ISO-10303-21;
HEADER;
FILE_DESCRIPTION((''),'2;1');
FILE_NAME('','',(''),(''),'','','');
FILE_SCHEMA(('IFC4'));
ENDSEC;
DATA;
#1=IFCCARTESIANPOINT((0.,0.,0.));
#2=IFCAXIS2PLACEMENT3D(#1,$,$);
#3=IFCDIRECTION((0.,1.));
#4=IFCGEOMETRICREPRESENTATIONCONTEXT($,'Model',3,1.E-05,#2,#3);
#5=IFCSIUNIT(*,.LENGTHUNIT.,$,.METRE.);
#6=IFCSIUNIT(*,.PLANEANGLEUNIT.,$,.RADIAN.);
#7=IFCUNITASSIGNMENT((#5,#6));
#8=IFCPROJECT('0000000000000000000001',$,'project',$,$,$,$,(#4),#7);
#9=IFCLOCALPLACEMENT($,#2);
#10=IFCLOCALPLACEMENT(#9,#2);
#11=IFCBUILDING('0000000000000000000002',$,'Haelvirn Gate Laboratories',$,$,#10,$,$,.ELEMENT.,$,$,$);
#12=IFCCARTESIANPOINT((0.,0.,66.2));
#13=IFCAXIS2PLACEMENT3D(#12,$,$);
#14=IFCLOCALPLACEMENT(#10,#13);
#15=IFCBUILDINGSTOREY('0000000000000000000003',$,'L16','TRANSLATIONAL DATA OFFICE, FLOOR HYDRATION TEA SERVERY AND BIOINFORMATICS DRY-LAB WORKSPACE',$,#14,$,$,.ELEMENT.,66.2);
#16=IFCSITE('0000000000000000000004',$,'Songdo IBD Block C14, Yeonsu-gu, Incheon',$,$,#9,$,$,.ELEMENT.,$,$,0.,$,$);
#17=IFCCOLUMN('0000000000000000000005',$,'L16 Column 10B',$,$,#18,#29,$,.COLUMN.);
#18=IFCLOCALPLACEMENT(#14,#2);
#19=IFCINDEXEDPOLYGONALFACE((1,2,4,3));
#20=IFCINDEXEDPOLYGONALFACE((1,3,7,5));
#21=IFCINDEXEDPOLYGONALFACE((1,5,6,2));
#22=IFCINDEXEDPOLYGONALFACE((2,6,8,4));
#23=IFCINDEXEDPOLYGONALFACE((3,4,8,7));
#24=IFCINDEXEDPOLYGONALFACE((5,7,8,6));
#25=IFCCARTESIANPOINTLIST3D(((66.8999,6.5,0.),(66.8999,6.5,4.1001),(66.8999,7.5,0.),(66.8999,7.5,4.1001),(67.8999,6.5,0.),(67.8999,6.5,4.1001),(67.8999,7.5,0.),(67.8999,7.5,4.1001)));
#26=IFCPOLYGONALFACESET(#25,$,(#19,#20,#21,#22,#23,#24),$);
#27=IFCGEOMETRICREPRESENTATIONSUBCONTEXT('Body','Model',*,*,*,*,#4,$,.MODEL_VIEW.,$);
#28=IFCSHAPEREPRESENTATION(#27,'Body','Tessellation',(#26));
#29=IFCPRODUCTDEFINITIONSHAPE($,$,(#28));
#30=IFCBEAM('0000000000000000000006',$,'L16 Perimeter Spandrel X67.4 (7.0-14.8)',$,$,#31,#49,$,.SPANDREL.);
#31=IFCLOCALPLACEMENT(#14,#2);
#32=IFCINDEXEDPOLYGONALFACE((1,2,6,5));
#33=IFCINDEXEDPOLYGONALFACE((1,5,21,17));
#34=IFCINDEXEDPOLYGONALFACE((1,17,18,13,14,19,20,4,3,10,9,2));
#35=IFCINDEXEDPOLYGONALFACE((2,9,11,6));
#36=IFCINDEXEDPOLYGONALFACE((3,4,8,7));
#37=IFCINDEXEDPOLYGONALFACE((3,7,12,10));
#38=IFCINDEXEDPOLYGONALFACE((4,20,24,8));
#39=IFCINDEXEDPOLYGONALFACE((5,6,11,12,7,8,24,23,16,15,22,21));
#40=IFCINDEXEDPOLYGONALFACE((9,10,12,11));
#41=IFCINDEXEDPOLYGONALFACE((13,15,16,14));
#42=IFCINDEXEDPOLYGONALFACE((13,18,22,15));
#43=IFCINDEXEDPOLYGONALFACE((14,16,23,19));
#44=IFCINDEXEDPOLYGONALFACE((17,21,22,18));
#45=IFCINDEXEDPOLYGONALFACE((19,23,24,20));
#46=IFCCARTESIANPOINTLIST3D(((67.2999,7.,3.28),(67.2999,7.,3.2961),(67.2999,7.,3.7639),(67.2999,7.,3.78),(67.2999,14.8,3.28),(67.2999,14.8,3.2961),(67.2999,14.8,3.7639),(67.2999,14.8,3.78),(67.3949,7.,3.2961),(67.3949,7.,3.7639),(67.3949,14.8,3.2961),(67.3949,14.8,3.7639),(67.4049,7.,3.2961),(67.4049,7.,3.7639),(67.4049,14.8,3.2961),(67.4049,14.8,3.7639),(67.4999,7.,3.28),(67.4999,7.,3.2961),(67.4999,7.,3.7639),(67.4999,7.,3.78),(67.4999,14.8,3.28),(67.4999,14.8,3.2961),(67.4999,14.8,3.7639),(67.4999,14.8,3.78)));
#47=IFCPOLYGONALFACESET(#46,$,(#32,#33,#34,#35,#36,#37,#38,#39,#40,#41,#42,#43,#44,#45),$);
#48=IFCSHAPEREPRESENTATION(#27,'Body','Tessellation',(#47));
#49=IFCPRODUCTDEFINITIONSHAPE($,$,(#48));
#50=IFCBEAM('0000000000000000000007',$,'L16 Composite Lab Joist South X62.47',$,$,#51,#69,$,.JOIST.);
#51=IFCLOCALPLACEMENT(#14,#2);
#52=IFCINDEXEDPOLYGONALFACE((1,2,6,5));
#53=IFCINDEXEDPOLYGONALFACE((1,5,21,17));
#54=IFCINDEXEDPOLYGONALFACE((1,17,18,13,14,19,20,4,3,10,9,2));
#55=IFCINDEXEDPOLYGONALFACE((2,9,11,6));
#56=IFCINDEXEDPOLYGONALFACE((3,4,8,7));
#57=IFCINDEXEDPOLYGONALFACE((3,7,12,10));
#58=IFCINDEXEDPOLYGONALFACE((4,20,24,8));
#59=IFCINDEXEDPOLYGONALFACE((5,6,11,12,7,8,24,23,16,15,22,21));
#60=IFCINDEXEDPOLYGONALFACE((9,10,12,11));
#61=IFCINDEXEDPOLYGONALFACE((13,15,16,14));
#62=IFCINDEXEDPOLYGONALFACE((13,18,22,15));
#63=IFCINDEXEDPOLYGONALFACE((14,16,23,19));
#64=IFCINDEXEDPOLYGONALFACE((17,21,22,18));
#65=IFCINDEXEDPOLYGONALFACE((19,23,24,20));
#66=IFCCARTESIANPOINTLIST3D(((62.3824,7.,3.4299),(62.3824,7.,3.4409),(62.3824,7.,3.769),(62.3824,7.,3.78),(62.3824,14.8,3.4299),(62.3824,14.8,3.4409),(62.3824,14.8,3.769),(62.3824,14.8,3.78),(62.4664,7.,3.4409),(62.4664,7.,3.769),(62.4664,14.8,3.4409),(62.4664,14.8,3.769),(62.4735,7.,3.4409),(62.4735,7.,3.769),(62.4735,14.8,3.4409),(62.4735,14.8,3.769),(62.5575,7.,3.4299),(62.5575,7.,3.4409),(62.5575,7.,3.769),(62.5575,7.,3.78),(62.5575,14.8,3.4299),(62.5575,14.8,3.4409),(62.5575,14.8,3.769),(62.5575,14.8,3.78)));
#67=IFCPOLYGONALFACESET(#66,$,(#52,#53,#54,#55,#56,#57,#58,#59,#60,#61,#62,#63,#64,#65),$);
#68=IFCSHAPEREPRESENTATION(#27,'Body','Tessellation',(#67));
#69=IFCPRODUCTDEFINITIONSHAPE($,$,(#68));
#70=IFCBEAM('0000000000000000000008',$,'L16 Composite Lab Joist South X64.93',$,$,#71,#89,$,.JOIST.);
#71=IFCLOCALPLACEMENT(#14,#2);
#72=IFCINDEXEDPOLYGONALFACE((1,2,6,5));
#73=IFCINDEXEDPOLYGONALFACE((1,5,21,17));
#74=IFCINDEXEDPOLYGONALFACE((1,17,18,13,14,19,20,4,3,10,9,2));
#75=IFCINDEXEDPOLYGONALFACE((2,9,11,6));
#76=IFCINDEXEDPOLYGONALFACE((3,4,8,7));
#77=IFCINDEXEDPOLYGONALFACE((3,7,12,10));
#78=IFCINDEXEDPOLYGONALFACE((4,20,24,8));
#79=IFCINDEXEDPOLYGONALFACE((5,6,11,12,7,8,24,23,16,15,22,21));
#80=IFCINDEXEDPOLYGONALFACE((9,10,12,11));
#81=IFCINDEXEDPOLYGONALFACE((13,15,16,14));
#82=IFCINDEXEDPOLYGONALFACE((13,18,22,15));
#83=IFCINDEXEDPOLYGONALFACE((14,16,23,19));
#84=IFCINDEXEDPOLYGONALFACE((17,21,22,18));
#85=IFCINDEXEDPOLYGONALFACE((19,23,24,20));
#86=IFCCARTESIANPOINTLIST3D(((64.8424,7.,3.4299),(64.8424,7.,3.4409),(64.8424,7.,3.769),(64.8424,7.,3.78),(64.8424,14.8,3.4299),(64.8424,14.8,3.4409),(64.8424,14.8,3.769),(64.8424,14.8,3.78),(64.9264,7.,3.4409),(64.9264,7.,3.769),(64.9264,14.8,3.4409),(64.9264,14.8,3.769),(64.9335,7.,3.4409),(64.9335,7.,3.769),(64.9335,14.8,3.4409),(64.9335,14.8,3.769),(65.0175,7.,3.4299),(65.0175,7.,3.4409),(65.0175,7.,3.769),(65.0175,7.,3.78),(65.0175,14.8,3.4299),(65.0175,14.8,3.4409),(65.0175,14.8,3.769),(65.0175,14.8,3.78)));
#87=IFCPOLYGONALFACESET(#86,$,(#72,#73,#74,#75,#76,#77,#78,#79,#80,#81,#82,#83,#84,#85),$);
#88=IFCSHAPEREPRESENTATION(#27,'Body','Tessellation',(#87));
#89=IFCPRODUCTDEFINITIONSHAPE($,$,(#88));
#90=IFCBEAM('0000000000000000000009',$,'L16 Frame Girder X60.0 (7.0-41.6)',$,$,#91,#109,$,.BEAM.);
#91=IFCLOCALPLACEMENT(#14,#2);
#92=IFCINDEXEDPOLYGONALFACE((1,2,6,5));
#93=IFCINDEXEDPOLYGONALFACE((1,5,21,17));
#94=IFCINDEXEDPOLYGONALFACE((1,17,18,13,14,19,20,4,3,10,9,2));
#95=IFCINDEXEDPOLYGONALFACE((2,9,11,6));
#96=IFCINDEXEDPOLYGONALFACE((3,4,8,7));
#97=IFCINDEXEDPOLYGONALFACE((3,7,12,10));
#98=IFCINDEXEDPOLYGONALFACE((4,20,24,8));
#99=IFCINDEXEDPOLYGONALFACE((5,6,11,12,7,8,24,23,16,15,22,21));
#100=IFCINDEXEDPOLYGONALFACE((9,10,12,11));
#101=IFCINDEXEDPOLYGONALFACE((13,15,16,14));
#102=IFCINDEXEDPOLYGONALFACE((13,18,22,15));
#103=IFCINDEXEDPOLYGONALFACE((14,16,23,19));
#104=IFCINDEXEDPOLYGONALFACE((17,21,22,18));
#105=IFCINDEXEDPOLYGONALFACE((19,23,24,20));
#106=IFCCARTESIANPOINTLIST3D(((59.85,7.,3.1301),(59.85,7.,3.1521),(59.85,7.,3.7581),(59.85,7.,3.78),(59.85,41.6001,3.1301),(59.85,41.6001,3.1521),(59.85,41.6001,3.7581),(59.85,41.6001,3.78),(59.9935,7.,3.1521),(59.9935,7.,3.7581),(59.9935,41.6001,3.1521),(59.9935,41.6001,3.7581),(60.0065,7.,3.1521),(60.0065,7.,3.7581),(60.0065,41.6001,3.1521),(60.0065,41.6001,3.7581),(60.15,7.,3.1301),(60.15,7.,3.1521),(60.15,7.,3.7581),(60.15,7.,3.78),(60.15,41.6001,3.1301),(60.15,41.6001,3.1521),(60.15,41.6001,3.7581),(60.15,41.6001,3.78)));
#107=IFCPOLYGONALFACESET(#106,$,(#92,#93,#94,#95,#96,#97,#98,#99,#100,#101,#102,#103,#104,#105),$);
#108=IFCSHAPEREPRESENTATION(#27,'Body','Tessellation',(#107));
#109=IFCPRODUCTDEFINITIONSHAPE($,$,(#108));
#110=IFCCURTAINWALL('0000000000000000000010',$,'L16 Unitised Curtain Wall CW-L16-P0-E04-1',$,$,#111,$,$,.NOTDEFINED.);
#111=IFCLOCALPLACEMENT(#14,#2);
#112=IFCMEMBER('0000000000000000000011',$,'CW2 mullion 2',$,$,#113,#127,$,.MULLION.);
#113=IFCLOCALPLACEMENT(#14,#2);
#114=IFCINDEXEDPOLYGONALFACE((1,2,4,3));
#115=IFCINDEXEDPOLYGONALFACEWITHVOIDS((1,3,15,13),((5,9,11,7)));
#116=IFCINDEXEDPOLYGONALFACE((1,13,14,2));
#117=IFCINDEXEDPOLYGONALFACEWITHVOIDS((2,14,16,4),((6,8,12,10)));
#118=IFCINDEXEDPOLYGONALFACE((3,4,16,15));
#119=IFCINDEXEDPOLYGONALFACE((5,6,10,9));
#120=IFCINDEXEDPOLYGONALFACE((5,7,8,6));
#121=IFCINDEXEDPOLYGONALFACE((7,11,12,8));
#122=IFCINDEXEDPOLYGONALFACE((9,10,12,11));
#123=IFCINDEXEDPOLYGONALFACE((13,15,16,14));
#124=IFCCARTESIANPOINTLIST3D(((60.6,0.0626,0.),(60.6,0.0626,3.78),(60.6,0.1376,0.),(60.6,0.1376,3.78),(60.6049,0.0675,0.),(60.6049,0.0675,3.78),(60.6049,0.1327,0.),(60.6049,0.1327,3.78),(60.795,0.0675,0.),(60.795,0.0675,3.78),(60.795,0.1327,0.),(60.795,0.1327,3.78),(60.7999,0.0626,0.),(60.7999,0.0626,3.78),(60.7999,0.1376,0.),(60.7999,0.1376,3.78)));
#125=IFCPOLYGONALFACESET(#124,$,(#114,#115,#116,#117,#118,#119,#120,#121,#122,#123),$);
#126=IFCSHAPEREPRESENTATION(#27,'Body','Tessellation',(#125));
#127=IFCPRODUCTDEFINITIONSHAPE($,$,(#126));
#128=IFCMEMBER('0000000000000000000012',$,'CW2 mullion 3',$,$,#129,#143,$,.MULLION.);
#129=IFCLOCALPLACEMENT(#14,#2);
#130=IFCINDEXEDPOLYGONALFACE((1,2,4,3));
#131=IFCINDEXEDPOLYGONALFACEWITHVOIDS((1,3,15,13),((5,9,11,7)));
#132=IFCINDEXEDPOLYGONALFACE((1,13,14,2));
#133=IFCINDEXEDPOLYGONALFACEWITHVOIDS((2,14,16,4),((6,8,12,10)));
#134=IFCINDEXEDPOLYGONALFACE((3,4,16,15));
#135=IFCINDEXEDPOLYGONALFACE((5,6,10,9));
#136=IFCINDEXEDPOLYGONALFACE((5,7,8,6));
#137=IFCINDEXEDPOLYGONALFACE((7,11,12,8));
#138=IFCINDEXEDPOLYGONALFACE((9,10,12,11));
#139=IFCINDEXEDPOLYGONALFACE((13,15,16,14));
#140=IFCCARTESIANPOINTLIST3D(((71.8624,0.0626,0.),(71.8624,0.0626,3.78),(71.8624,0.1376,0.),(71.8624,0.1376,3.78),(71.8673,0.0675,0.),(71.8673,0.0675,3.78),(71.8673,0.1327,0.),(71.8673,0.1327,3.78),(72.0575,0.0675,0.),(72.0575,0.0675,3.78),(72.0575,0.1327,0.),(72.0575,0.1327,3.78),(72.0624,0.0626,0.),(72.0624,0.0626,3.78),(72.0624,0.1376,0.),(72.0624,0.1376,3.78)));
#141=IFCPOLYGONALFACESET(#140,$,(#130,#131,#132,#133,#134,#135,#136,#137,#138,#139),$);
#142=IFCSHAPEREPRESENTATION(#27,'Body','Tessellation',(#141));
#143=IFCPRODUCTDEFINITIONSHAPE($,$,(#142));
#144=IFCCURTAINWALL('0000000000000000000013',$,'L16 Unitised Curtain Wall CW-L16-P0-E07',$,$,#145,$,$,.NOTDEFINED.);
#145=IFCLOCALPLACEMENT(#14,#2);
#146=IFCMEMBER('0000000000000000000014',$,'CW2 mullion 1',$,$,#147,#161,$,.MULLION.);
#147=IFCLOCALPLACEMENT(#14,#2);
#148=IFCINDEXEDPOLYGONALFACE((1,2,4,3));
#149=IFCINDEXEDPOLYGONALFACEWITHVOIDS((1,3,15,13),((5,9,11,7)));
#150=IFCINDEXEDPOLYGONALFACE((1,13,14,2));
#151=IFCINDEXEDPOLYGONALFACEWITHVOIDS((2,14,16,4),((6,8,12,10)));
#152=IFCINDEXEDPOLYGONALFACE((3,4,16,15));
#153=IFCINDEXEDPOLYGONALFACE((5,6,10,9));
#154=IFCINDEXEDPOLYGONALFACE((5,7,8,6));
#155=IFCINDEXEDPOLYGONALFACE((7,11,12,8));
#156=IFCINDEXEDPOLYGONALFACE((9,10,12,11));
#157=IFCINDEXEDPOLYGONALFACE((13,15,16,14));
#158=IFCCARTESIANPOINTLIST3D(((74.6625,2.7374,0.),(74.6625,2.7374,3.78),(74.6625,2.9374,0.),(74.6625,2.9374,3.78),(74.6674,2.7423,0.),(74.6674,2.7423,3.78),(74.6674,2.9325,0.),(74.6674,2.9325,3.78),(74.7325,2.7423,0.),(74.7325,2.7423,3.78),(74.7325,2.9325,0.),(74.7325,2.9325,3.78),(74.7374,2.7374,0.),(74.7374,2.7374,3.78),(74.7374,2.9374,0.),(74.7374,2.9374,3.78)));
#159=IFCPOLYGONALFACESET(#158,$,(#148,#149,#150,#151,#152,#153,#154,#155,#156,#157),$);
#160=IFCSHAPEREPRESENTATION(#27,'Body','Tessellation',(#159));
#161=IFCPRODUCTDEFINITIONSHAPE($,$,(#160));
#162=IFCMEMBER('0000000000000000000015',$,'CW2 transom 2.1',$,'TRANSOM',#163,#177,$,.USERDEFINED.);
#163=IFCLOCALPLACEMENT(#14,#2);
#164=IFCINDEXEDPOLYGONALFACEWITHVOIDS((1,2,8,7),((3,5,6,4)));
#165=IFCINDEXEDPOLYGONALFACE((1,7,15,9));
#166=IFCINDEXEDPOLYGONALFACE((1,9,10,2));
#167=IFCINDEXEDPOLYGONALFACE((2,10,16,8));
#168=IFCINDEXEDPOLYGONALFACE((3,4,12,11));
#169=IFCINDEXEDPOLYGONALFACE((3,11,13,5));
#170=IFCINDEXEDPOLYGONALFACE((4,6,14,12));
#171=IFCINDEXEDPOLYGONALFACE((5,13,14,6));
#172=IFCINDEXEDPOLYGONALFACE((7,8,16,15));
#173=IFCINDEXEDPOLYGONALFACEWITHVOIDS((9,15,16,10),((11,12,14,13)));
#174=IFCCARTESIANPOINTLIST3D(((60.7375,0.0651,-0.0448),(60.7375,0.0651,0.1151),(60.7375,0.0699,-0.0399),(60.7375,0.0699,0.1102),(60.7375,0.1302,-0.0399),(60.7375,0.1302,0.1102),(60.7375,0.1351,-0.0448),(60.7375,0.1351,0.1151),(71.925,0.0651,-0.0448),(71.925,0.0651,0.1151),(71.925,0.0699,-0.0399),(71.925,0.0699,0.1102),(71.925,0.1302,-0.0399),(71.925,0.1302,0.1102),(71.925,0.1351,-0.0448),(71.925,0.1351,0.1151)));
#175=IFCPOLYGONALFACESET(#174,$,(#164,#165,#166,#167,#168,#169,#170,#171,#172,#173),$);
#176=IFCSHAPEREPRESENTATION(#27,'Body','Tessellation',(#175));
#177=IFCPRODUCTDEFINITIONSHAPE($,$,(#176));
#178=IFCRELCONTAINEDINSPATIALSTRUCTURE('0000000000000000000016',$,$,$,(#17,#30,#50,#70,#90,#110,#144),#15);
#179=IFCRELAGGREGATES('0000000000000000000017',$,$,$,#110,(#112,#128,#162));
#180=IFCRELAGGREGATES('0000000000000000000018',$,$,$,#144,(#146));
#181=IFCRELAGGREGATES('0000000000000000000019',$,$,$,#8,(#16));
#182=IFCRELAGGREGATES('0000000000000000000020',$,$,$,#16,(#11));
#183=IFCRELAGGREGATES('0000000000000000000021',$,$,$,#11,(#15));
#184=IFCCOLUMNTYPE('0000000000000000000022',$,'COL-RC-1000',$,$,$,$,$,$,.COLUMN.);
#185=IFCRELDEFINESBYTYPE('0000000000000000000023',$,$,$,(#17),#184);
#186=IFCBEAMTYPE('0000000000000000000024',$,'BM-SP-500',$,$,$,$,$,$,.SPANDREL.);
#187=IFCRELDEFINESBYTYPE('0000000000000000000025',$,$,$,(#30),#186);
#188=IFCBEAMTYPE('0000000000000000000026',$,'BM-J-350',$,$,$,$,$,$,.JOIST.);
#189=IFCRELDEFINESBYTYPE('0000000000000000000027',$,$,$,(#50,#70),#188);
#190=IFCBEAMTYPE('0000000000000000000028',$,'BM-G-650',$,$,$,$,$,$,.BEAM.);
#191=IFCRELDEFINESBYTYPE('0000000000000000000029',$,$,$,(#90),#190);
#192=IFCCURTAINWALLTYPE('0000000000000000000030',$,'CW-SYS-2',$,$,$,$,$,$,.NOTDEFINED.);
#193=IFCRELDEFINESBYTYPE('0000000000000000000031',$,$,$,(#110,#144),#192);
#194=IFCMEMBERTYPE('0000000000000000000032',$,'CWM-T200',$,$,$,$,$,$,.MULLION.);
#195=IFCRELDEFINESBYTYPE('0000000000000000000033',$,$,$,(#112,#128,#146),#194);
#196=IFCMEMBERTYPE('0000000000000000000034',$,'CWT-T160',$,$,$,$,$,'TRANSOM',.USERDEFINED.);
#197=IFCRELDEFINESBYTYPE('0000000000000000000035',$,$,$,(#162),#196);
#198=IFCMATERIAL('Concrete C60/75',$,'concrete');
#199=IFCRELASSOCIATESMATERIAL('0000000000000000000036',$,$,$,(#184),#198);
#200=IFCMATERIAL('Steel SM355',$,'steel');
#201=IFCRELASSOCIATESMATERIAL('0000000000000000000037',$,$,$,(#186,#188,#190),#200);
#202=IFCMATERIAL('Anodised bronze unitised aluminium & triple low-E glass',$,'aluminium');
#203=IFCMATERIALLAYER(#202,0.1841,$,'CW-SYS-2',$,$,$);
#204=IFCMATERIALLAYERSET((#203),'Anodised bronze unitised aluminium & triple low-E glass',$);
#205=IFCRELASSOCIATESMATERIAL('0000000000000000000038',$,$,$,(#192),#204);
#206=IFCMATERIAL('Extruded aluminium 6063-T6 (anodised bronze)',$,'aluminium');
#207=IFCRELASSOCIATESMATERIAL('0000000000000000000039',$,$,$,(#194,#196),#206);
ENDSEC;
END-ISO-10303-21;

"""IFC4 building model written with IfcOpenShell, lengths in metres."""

from ifc_helpers import new_model, si_unit, direction, frame, origin, origin_2d, place, context, subcontext, project, spatial, rectangle, hollow_rectangle, i_section, extrude, source, transform, mapped, material, layer, layer_set, material_profile, profile_set, type_object, type_shapes, element, aggregate, save


model = new_model("IFC4")

# Units and contexts
model_context = context("Model", 3, precision=1e-05, world=origin(), true_north=direction((0.0, 1.0)))
body_context = subcontext(model_context, "Body", "Model", "MODEL_VIEW")
ifc_project = project(units=[si_unit("LENGTHUNIT", "METRE"), si_unit("PLANEANGLEUNIT", "RADIAN")], contexts=[model_context])

# Site, building, storey
site_placement = place(None, origin())
site = spatial("IfcSite", under=ifc_project, at=site_placement, Name="Songdo IBD Block C14, Yeonsu-gu, Incheon", CompositionType="ELEMENT", RefElevation=0.0)
building_placement = place(site_placement, origin())
building = spatial("IfcBuilding", under=site, at=building_placement, Name="Haelvirn Gate Laboratories", CompositionType="ELEMENT")
storey_placement = place(building_placement, frame((0.0, 0.0, 66.2)))
storey = spatial("IfcBuildingStorey", under=building, at=storey_placement, Name="L16", Description="TRANSLATIONAL DATA OFFICE, FLOOR HYDRATION TEA SERVERY AND BIOINFORMATICS DRY-LAB WORKSPACE", CompositionType="ELEMENT", Elevation=66.2)

# Column
ifc_material_1 = material(Name="Concrete C60/75", Category="concrete")
ifc_material_profile_1 = material_profile(ifc_material_1, rectangle(XDim=1.0, YDim=1.0, at=origin_2d()), Name="RC-1000x1000")
ifc_profile_set_1 = profile_set([ifc_material_profile_1], Name="Concrete C60/75")
column_type = type_object("IfcColumnType", Name="COL-RC-1000", PredefinedType="COLUMN", material=ifc_profile_set_1)
shared_shape_1 = source(origin(), body_context, "Body", "SweptSolid", [
    extrude(rectangle(XDim=1.0, YDim=1.0, at=origin_2d()), origin(), (0.0, 0.0, 1.0), 4.1001),
])
type_shapes(column_type, [shared_shape_1])
column_placement = place(storey_placement, frame((67.3999, 7.0, 0.0), z_axis=(0.0, 0.0, 1.0), x_axis=(1.0, 0.0, 0.0)))
element("IfcColumn", 1, at=column_placement, inside=storey, type_object=column_type, Name="L16 Column 10B", PredefinedType="COLUMN", context=body_context, shape_type="MappedRepresentation", body=[
    mapped(shared_shape_1, transform((0.0, 0.0, 0.0), scale=1.0)),
])

# Beams
ifc_material_2 = material(Name="Steel SM355", Category="steel")
ifc_material_profile_2 = material_profile(ifc_material_2, i_section(OverallWidth=0.2, OverallDepth=0.5, WebThickness=0.01, FlangeThickness=0.0161, at=origin_2d()), Name="H-500x200x10x16")
ifc_profile_set_2 = profile_set([ifc_material_profile_2], Name="Steel SM355")
beam_type_1 = type_object("IfcBeamType", Name="BM-SP-500", PredefinedType="SPANDREL", material=ifc_profile_set_2)
shared_shape_2 = source(origin(), body_context, "Body", "SweptSolid", [
    extrude(i_section(OverallWidth=0.2, OverallDepth=0.5, WebThickness=0.01, FlangeThickness=0.0161, at=origin_2d()), origin(), (0.0, 0.0, 1.0), 7.8),
])
type_shapes(beam_type_1, [shared_shape_2])
beam_1_placement = place(storey_placement, frame((67.3999, 7.0, 3.53), z_axis=(0.0, 1.0, 0.0), x_axis=(-1.0, 0.0, 0.0)))
element("IfcBeam", 2, at=beam_1_placement, inside=storey, type_object=beam_type_1, Name="L16 Perimeter Spandrel X67.4 (7.0-14.8)", PredefinedType="SPANDREL", context=body_context, shape_type="MappedRepresentation", body=[
    mapped(shared_shape_2, transform((0.0, 0.0, 0.0), scale=1.0)),
])
ifc_material_profile_3 = material_profile(ifc_material_2, i_section(OverallWidth=0.175, OverallDepth=0.3501, WebThickness=0.0071, FlangeThickness=0.011, at=origin_2d()), Name="H-350x175x7x11")
ifc_profile_set_3 = profile_set([ifc_material_profile_3], Name="Steel SM355")
beam_type_2 = type_object("IfcBeamType", Name="BM-J-350", PredefinedType="JOIST", material=ifc_profile_set_3)
shared_shape_3 = source(origin(), body_context, "Body", "SweptSolid", [
    extrude(i_section(OverallWidth=0.175, OverallDepth=0.3501, WebThickness=0.0071, FlangeThickness=0.011, at=origin_2d()), origin(), (0.0, 0.0, 1.0), 7.8),
])
type_shapes(beam_type_2, [shared_shape_3])
for number, where, z_axis, x_axis, name in (
    (3, (62.47, 7.0, 3.605), (0.0, 1.0, 0.0), (-1.0, 0.0, 0.0), "L16 Composite Lab Joist South X62.47"),
    (4, (64.9299, 7.0, 3.605), (0.0, 1.0, 0.0), (-1.0, 0.0, 0.0), "L16 Composite Lab Joist South X64.93"),
):
    element("IfcBeam", number, at=place(storey_placement, frame(where, z_axis=z_axis, x_axis=x_axis)), inside=storey, type_object=beam_type_2, Name=name, PredefinedType="JOIST", context=body_context, shape_type="MappedRepresentation", body=[
        mapped(shared_shape_3, transform((0.0, 0.0, 0.0), scale=1.0)),
    ])
ifc_material_profile_4 = material_profile(ifc_material_2, i_section(OverallWidth=0.3, OverallDepth=0.6499, WebThickness=0.0129, FlangeThickness=0.022, at=origin_2d()), Name="H-650x300x13x22")
ifc_profile_set_4 = profile_set([ifc_material_profile_4], Name="Steel SM355")
beam_type_3 = type_object("IfcBeamType", Name="BM-G-650", PredefinedType="BEAM", material=ifc_profile_set_4)
shared_shape_4 = source(origin(), body_context, "Body", "SweptSolid", [
    extrude(i_section(OverallWidth=0.3, OverallDepth=0.6499, WebThickness=0.0129, FlangeThickness=0.022, at=origin_2d()), origin(), (0.0, 0.0, 1.0), 34.6001),
])
type_shapes(beam_type_3, [shared_shape_4])
beam_2_placement = place(storey_placement, frame((60.0, 7.0, 3.4551), z_axis=(0.0, 1.0, 0.0), x_axis=(-1.0, 0.0, 0.0)))
element("IfcBeam", 5, at=beam_2_placement, inside=storey, type_object=beam_type_3, Name="L16 Frame Girder X60.0 (7.0-41.6)", PredefinedType="BEAM", context=body_context, shape_type="MappedRepresentation", body=[
    mapped(shared_shape_4, transform((0.0, 0.0, 0.0), scale=1.0)),
])

# Curtain wall, members
ifc_material_3 = material(Name="Anodised bronze unitised aluminium & triple low-E glass", Category="aluminium")
ifc_layer_1 = layer(ifc_material_3, 0.1841, Name="CW-SYS-2")
ifc_layer_set_1 = layer_set([ifc_layer_1], Name="Anodised bronze unitised aluminium & triple low-E glass")
curtain_wall_type_1 = type_object("IfcCurtainWallType", Name="CW-SYS-2", PredefinedType="NOTDEFINED", material=ifc_layer_set_1)
curtain_wall_1_placement = place(storey_placement, origin())
curtain_wall_1 = element("IfcCurtainWall", 6, at=curtain_wall_1_placement, inside=storey, type_object=curtain_wall_type_1, Name="L16 Unitised Curtain Wall CW-L16-P0-E04-1", PredefinedType="NOTDEFINED")
ifc_material_4 = material(Name="Extruded aluminium 6063-T6 (anodised bronze)", Category="aluminium")
ifc_material_profile_5 = material_profile(ifc_material_4, hollow_rectangle(XDim=0.075, YDim=0.2, WallThickness=0.0049, at=origin_2d()), Name="CWM-200x75x5")
ifc_profile_set_5 = profile_set([ifc_material_profile_5], Name="Extruded aluminium 6063-T6 (anodised bronze)")
member_type_1 = type_object("IfcMemberType", Name="CWM-T200", PredefinedType="MULLION", material=ifc_profile_set_5)
shared_shape_5 = source(origin(), body_context, "Body", "SweptSolid", [
    extrude(hollow_rectangle(XDim=0.075, YDim=0.2, WallThickness=0.0049, at=origin_2d()), origin(), (0.0, 0.0, 1.0), 3.78),
])
type_shapes(member_type_1, [shared_shape_5])
member_1_placement = place(storey_placement, frame((60.7, 0.1001, 0.0), z_axis=(0.0, 0.0, 1.0), x_axis=(0.0, 1.0, 0.0)))
member_1 = element("IfcMember", 7, at=member_1_placement, type_object=member_type_1, Name="CW2 mullion 2", PredefinedType="MULLION", context=body_context, shape_type="MappedRepresentation", body=[
    mapped(shared_shape_5, transform((0.0, 0.0, 0.0), scale=1.0)),
])
member_2_placement = place(storey_placement, frame((71.9624, 0.1001, 0.0), z_axis=(0.0, 0.0, 1.0), x_axis=(0.0, 1.0, 0.0)))
member_2 = element("IfcMember", 8, at=member_2_placement, type_object=member_type_1, Name="CW2 mullion 3", PredefinedType="MULLION", context=body_context, shape_type="MappedRepresentation", body=[
    mapped(shared_shape_5, transform((0.0, 0.0, 0.0), scale=1.0)),
])

# Curtain wall, member
curtain_wall_2_placement = place(storey_placement, origin())
curtain_wall_2 = element("IfcCurtainWall", 9, at=curtain_wall_2_placement, inside=storey, type_object=curtain_wall_type_1, Name="L16 Unitised Curtain Wall CW-L16-P0-E07", PredefinedType="NOTDEFINED")
member_3_placement = place(storey_placement, frame((74.7, 2.8374, 0.0), z_axis=(0.0, 0.0, 1.0), x_axis=(-1.0, 0.0, 0.0)))
member_3 = element("IfcMember", 10, at=member_3_placement, type_object=member_type_1, Name="CW2 mullion 1", PredefinedType="MULLION", context=body_context, shape_type="MappedRepresentation", body=[
    mapped(shared_shape_5, transform((0.0, 0.0, 0.0), scale=1.0)),
])

# Member
ifc_material_profile_6 = material_profile(ifc_material_4, hollow_rectangle(XDim=0.0701, YDim=0.1599, WallThickness=0.0049, at=origin_2d()), Name="CWT-160x70x5")
ifc_profile_set_6 = profile_set([ifc_material_profile_6], Name="Extruded aluminium 6063-T6 (anodised bronze)")
member_type_2 = type_object("IfcMemberType", Name="CWT-T160", ElementType="TRANSOM", PredefinedType="USERDEFINED", material=ifc_profile_set_6)
shared_shape_6 = source(origin(), body_context, "Body", "SweptSolid", [
    extrude(hollow_rectangle(XDim=0.0701, YDim=0.1599, WallThickness=0.0049, at=origin_2d()), origin(), (0.0, 0.0, 1.0), 11.1875),
])
member_4_placement = place(storey_placement, frame((60.7375, 0.1001, 0.0352), z_axis=(1.0, 0.0, 0.0), x_axis=(0.0, 1.0, 0.0)))
member_4 = element("IfcMember", 11, at=member_4_placement, type_object=member_type_2, Name="CW2 transom 2.1", ObjectType="TRANSOM", PredefinedType="USERDEFINED", context=body_context, shape_type="MappedRepresentation", body=[
    mapped(shared_shape_6, transform((0.0, 0.0, 0.0), scale=1.0)),
])

aggregate(curtain_wall_1, [member_1, member_2, member_4])
aggregate(curtain_wall_2, [member_3])

save(model, "model.ifc")
